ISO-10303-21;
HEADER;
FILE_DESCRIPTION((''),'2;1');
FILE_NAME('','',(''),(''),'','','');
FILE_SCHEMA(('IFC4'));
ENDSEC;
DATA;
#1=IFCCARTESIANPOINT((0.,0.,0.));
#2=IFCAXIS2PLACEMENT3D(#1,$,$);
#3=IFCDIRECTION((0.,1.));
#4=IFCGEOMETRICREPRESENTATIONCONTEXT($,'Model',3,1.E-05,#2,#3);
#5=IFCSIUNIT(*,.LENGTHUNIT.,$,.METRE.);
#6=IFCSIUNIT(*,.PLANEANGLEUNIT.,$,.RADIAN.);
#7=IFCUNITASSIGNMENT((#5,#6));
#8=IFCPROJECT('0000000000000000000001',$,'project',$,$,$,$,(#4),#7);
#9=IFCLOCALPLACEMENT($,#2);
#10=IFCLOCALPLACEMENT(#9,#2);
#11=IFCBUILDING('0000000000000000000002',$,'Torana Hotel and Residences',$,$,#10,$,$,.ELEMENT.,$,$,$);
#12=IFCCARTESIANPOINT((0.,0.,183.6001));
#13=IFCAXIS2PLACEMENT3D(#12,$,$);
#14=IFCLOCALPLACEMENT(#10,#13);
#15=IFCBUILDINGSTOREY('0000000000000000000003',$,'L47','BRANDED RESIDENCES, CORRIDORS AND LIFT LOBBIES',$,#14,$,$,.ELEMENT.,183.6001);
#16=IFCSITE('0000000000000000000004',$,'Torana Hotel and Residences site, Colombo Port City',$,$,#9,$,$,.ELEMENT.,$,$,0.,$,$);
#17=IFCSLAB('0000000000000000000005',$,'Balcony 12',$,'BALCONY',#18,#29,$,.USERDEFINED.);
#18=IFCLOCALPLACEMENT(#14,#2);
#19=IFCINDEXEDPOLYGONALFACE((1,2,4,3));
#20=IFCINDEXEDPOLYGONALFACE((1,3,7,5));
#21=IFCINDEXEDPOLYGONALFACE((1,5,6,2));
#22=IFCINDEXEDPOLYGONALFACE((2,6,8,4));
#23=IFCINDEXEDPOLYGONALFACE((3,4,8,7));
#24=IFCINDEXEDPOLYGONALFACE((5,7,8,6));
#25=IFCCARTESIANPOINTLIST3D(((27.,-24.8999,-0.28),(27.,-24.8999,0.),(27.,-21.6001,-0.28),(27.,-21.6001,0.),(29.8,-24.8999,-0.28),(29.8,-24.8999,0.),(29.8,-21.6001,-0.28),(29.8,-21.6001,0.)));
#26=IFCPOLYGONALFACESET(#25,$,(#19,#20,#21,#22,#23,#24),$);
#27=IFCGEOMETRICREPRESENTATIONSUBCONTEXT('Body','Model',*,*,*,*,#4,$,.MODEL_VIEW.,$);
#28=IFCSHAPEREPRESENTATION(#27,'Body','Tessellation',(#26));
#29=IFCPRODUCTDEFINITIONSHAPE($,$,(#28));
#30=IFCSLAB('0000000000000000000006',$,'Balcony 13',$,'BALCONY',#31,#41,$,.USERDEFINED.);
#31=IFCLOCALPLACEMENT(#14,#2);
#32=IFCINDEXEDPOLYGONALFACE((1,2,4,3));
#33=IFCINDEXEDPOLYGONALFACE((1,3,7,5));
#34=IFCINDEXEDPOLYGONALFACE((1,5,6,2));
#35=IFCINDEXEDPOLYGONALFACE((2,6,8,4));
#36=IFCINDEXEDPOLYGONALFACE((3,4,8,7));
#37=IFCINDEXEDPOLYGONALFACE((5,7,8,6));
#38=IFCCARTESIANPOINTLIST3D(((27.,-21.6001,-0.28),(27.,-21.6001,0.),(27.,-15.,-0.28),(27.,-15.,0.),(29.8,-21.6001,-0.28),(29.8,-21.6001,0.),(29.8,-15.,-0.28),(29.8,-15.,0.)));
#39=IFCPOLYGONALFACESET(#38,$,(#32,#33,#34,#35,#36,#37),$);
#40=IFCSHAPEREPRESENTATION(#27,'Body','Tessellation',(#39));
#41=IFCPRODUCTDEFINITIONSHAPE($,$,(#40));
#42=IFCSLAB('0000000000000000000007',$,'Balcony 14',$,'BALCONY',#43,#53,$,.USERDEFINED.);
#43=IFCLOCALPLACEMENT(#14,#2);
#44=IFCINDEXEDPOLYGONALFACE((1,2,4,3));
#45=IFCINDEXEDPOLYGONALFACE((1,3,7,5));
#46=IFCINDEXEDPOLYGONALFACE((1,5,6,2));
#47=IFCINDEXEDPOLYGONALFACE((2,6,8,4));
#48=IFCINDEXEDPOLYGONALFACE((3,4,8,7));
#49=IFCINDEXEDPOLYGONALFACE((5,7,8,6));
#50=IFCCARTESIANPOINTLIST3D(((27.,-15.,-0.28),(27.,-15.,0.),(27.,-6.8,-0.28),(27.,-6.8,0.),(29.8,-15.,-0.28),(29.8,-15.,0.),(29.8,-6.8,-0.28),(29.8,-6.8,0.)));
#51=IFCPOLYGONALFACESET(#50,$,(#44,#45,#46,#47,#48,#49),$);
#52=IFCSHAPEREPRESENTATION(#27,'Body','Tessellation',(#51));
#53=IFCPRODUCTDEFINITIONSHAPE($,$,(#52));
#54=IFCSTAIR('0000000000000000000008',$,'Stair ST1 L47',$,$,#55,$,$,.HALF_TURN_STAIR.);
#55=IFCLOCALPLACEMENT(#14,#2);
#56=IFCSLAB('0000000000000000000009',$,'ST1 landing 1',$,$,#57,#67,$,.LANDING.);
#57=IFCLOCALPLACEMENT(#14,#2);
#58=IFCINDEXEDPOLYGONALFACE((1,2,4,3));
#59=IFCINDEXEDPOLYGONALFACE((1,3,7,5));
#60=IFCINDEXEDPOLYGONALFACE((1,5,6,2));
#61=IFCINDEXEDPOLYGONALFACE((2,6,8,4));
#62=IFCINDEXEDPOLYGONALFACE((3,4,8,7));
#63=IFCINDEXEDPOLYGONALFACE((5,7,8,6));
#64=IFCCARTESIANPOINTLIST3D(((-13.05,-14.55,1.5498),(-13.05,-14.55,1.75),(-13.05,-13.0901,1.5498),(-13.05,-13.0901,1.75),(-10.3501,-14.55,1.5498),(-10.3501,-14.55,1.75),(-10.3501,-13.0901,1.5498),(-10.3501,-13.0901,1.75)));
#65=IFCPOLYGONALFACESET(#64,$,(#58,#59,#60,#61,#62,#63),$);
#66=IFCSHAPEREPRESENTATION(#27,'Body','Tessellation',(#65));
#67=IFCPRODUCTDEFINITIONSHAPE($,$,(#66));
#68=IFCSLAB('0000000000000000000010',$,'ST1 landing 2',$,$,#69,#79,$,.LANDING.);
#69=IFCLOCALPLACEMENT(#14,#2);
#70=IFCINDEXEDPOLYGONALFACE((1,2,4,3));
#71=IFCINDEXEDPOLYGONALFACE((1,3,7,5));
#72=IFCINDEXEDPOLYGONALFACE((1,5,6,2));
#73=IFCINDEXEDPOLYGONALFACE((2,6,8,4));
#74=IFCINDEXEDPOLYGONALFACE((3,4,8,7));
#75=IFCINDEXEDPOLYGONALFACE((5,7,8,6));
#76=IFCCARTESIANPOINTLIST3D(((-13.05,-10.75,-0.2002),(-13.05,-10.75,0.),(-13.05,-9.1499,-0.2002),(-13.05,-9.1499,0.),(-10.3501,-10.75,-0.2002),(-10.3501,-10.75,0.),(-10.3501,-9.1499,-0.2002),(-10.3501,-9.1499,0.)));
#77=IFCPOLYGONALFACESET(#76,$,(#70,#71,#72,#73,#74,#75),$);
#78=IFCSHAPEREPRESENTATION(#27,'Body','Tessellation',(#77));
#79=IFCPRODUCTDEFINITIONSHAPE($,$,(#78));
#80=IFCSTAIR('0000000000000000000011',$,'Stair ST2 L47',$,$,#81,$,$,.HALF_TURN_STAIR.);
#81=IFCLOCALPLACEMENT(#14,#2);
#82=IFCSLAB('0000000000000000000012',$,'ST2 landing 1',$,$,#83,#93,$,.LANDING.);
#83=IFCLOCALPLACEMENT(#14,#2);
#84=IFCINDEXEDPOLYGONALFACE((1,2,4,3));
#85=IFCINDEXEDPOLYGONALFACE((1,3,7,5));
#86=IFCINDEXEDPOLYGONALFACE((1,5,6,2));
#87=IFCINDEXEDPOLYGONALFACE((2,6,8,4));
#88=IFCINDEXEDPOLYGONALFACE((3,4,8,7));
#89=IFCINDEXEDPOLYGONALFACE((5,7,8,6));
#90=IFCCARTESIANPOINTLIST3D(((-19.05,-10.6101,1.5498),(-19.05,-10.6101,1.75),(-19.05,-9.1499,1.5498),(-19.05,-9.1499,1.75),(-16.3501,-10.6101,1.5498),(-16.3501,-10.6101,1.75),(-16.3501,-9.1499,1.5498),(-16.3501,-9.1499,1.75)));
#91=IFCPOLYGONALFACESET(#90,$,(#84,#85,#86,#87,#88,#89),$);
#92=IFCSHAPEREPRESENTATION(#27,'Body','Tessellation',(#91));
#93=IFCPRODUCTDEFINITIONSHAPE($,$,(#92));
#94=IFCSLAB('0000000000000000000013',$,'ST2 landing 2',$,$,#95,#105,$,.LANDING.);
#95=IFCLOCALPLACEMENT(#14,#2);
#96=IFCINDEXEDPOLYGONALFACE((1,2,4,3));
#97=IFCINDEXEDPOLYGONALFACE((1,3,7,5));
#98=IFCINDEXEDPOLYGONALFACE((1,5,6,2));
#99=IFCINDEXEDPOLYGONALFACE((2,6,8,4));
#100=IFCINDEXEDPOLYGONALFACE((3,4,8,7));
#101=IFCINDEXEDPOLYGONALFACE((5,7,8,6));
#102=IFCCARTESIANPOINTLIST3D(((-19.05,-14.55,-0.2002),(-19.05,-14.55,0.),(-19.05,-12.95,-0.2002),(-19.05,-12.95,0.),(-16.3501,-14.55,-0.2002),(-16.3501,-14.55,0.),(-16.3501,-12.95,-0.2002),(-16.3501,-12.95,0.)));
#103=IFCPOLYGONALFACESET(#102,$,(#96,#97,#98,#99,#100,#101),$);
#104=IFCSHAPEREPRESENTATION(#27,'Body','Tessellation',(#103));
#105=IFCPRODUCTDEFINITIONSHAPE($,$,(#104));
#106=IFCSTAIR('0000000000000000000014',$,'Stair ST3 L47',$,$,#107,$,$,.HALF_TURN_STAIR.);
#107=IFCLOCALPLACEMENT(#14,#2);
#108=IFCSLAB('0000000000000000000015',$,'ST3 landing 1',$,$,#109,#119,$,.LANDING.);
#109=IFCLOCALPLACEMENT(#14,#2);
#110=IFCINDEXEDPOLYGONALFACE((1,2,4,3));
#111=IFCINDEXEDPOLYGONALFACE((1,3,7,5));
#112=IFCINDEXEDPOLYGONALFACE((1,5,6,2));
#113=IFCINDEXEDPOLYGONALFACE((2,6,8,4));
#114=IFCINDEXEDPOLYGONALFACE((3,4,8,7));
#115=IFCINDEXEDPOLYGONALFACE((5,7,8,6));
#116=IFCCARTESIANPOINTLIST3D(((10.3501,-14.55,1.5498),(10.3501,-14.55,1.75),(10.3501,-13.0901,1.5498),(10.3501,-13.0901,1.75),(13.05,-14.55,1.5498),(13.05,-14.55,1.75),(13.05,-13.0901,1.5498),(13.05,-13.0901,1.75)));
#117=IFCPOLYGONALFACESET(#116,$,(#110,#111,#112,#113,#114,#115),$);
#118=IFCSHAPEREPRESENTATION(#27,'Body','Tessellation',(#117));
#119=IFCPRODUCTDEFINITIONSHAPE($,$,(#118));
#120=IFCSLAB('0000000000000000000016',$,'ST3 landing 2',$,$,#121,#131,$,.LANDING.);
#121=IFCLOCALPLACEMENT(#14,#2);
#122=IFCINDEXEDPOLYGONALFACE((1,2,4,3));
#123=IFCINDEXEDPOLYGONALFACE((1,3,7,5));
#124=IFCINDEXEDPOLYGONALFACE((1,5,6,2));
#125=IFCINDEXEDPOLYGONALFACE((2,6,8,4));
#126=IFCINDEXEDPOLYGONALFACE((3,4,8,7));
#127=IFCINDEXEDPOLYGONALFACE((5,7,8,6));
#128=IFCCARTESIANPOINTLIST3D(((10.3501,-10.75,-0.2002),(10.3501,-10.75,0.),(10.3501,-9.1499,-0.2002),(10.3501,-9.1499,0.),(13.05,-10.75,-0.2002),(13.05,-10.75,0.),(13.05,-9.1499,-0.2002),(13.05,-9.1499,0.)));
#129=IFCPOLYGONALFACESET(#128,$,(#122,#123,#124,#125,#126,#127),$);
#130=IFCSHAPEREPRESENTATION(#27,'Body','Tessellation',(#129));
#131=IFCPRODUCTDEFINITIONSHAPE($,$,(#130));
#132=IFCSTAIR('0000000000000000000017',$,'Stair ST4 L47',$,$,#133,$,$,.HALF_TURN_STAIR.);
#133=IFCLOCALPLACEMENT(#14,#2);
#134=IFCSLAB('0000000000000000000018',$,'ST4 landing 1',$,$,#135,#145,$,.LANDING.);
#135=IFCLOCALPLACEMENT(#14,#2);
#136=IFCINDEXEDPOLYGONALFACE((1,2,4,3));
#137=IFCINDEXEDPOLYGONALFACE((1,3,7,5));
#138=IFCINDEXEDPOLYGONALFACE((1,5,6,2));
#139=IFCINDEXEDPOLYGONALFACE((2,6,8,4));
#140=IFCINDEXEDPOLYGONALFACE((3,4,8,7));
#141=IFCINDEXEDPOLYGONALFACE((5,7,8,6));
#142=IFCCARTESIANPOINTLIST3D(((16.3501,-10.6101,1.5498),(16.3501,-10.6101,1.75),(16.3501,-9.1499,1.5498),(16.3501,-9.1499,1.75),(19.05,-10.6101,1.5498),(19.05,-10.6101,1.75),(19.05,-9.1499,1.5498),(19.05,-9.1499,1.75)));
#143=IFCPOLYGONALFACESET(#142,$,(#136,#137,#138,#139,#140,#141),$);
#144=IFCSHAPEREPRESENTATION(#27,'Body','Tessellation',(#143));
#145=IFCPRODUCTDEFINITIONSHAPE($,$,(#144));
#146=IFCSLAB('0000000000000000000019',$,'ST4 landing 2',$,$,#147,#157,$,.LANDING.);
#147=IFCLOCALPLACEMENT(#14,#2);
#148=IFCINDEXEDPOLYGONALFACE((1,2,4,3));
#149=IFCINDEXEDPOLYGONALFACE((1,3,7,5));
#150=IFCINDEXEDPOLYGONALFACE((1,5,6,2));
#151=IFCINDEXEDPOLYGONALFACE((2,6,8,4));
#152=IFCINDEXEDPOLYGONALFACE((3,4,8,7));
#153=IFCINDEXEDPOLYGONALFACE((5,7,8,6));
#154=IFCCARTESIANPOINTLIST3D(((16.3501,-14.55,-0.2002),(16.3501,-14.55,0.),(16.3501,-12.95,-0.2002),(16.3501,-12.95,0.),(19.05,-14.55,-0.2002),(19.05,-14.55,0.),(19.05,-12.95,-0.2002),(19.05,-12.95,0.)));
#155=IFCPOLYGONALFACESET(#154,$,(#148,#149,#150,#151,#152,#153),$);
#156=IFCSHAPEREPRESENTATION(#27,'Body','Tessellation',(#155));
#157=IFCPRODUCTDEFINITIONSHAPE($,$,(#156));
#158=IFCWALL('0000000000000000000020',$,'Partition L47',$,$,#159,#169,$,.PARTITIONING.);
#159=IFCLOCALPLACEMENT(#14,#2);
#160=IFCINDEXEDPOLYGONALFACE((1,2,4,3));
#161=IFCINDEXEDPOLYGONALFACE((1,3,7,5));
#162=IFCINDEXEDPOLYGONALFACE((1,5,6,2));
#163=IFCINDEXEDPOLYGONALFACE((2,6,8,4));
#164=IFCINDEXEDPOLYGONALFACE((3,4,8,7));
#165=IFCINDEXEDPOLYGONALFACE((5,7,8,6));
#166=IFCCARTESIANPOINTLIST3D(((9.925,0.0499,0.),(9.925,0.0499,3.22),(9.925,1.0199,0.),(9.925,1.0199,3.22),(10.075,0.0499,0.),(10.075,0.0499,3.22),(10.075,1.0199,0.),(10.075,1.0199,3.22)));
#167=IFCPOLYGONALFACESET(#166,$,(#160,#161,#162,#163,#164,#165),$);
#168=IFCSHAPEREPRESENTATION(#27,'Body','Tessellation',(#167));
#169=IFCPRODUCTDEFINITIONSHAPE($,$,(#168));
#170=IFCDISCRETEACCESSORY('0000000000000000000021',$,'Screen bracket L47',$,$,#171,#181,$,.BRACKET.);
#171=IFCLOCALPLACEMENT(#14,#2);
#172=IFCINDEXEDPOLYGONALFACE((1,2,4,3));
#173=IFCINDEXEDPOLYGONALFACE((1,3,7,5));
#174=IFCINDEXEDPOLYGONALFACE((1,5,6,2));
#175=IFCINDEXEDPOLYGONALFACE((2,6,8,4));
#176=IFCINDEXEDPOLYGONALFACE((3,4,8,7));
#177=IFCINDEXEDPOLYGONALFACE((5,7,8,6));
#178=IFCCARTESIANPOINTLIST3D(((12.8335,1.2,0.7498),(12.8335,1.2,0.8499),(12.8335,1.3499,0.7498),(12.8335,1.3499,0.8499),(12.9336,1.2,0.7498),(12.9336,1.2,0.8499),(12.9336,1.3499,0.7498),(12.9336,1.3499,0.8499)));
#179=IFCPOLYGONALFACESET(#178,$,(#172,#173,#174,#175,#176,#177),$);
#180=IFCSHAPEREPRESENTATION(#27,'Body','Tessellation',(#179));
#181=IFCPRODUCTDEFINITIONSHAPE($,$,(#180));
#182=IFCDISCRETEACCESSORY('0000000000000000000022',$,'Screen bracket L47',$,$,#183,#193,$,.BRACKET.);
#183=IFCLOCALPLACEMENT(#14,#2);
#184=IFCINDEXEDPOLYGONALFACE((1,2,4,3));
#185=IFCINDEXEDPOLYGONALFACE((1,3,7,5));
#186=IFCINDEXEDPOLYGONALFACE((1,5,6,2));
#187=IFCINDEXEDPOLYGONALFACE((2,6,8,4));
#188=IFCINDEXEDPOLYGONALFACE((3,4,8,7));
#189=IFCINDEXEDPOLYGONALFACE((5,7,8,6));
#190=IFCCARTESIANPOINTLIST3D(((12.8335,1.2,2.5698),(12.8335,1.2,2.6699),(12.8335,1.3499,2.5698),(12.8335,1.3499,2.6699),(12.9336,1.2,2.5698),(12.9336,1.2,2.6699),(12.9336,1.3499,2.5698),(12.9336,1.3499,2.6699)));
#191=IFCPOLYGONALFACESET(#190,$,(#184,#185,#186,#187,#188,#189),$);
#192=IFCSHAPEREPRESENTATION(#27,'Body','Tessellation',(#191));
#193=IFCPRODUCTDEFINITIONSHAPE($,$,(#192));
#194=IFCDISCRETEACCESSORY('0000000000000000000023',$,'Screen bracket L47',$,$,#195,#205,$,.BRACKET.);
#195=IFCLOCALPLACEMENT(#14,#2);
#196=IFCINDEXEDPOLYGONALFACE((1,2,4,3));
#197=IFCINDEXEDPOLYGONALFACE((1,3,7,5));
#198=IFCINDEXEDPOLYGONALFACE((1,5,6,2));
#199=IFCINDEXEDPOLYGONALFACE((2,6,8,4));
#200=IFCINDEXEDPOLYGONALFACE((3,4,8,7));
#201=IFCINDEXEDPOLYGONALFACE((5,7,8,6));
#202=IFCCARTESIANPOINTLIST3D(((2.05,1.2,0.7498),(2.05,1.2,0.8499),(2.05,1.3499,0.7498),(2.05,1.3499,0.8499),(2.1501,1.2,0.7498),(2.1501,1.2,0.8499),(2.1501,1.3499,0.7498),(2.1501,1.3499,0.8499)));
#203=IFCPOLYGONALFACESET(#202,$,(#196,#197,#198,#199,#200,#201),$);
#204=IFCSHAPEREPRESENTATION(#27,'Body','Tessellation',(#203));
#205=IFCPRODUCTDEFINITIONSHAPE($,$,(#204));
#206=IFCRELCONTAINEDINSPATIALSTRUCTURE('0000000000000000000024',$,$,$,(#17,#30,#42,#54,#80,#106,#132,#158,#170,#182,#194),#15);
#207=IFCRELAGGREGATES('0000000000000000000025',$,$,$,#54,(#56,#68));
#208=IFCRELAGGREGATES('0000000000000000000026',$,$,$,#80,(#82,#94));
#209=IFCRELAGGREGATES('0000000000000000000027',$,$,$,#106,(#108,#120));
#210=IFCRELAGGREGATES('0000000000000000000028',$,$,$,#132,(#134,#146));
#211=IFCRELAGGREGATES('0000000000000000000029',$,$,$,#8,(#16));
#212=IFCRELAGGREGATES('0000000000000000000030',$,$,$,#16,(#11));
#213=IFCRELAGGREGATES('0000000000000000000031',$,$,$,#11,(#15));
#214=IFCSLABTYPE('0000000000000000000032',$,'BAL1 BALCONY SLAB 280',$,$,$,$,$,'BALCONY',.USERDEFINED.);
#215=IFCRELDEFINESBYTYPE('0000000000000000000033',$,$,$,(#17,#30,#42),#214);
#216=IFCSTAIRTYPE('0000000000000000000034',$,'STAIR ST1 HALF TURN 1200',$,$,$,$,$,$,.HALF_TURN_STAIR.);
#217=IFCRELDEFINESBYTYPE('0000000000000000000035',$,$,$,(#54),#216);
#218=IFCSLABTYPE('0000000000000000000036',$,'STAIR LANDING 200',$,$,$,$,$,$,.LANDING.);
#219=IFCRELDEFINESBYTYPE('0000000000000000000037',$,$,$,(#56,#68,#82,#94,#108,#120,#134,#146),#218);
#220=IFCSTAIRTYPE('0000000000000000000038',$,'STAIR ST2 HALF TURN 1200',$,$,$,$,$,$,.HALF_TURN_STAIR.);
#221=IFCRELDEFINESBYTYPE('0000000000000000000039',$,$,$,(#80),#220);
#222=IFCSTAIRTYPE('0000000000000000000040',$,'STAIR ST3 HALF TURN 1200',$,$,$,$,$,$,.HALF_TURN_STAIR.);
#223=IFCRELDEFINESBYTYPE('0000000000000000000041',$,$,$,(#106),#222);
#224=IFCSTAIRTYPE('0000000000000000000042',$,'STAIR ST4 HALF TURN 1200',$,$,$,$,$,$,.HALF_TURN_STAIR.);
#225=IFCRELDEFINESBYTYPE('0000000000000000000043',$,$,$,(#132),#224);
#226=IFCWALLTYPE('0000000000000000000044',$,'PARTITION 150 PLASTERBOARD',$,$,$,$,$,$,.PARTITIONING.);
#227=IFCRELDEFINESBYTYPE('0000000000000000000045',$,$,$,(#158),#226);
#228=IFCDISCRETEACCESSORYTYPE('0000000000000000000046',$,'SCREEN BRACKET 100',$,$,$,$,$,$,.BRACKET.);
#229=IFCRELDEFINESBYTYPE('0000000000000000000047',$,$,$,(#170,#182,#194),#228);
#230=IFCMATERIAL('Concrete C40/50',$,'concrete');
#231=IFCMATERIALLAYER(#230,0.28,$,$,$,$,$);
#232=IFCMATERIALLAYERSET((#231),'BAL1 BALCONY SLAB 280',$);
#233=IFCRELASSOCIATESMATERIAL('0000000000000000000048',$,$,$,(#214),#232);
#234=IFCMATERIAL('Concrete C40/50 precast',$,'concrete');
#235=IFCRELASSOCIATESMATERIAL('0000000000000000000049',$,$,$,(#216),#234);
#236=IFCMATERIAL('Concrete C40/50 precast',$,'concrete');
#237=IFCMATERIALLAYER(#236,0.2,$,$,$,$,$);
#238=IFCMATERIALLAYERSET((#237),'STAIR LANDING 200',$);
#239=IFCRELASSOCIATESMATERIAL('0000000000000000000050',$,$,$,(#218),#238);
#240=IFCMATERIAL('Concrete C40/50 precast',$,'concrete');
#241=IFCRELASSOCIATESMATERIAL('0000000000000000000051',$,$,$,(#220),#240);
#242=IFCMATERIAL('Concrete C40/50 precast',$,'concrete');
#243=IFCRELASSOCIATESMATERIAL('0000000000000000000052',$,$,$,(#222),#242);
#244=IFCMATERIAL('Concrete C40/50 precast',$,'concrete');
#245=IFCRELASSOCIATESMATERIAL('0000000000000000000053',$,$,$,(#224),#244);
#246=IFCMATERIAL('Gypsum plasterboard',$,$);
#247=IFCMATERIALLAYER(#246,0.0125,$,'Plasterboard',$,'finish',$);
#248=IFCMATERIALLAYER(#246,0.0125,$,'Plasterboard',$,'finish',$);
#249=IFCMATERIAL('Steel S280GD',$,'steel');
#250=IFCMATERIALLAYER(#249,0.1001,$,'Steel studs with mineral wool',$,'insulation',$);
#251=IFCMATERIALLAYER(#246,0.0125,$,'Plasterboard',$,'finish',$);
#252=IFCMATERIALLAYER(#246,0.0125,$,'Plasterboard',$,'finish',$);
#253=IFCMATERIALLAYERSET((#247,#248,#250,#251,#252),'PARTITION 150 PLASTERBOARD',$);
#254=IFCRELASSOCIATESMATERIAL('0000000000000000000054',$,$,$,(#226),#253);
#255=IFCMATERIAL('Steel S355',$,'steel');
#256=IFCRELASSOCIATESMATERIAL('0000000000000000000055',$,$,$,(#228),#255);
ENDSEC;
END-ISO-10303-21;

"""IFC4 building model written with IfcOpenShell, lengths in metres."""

from ifc_helpers import new_model, si_unit, direction, frame, frame_2d, origin, origin_2d, place, context, subcontext, project, spatial, polyline, rectangle, outline, extrude, material, layer, layer_set, type_object, element, aggregate, save


model = new_model("IFC4")

# Units and contexts
model_context = context("Model", 3, precision=1e-05, world=origin(), true_north=direction((0.0, 1.0)))
body_context = subcontext(model_context, "Body", "Model", "MODEL_VIEW")
ifc_project = project(units=[si_unit("LENGTHUNIT", "METRE"), si_unit("PLANEANGLEUNIT", "RADIAN")], contexts=[model_context])

# Site, building, storey
site_placement = place(None, origin())
site = spatial("IfcSite", under=ifc_project, at=site_placement, Name="Torana Hotel and Residences site, Colombo Port City", CompositionType="ELEMENT", RefElevation=0.0)
building_placement = place(site_placement, origin())
building = spatial("IfcBuilding", under=site, at=building_placement, Name="Torana Hotel and Residences", CompositionType="ELEMENT")
storey_placement = place(building_placement, frame((0.0, 0.0, 183.6001)))
storey = spatial("IfcBuildingStorey", under=building, at=storey_placement, Name="L47", Description="BRANDED RESIDENCES, CORRIDORS AND LIFT LOBBIES", CompositionType="ELEMENT", Elevation=183.6001)

# Slabs
ifc_material_1 = material(Name="Concrete C40/50", Category="concrete")
ifc_layer_1 = layer(ifc_material_1, 0.28)
ifc_layer_set_1 = layer_set([ifc_layer_1], Name="BAL1 BALCONY SLAB 280")
slab_type_1 = type_object("IfcSlabType", Name="BAL1 BALCONY SLAB 280", ElementType="BALCONY", PredefinedType="USERDEFINED", material=ifc_layer_set_1)
slab_1_placement = place(storey_placement, frame((0.0, 0.0, -0.28)))
element("IfcSlab", 1, at=slab_1_placement, inside=storey, type_object=slab_type_1, Name="Balcony 12", ObjectType="BALCONY", PredefinedType="USERDEFINED", context=body_context, shape_type="SweptSolid", body=[
    extrude(outline(polyline([(27.0, -24.8999), (29.8, -24.8999), (29.8, -21.6001), (27.0, -21.6001), (27.0, -24.8999)])), origin(), (0.0, 0.0, 1.0), 0.28),
])
slab_2_placement = place(storey_placement, frame((0.0, 0.0, -0.28)))
element("IfcSlab", 2, at=slab_2_placement, inside=storey, type_object=slab_type_1, Name="Balcony 13", ObjectType="BALCONY", PredefinedType="USERDEFINED", context=body_context, shape_type="SweptSolid", body=[
    extrude(outline(polyline([(27.0, -21.6001), (29.8, -21.6001), (29.8, -15.0), (27.0, -15.0), (27.0, -21.6001)])), origin(), (0.0, 0.0, 1.0), 0.28),
])
slab_3_placement = place(storey_placement, frame((0.0, 0.0, -0.28)))
element("IfcSlab", 3, at=slab_3_placement, inside=storey, type_object=slab_type_1, Name="Balcony 14", ObjectType="BALCONY", PredefinedType="USERDEFINED", context=body_context, shape_type="SweptSolid", body=[
    extrude(outline(polyline([(27.0, -15.0), (29.8, -15.0), (29.8, -6.8), (27.0, -6.8), (27.0, -15.0)])), origin(), (0.0, 0.0, 1.0), 0.28),
])

# Stairs, slabs
ifc_material_2 = material(Name="Concrete C40/50 precast", Category="concrete")
stair_type_1 = type_object("IfcStairType", Name="STAIR ST1 HALF TURN 1200", PredefinedType="HALF_TURN_STAIR", material=ifc_material_2)
stair_1_placement = place(storey_placement, origin())
stair_1 = element("IfcStair", 4, at=stair_1_placement, inside=storey, type_object=stair_type_1, Name="Stair ST1 L47", PredefinedType="HALF_TURN_STAIR")
ifc_material_3 = material(Name="Concrete C40/50 precast", Category="concrete")
ifc_layer_2 = layer(ifc_material_3, 0.2)
ifc_layer_set_2 = layer_set([ifc_layer_2], Name="STAIR LANDING 200")
slab_type_2 = type_object("IfcSlabType", Name="STAIR LANDING 200", PredefinedType="LANDING", material=ifc_layer_set_2)
slab_4_placement = place(storey_placement, frame((0.0, 0.0, 1.5498)))
slab_4 = element("IfcSlab", 5, at=slab_4_placement, type_object=slab_type_2, Name="ST1 landing 1", PredefinedType="LANDING", context=body_context, shape_type="SweptSolid", body=[
    extrude(outline(polyline([(-13.05, -14.55), (-10.3501, -14.55), (-10.3501, -13.0901), (-13.05, -13.0901), (-13.05, -14.55)])), origin(), (0.0, 0.0, 1.0), 0.2002),
])
slab_5_placement = place(storey_placement, frame((0.0, 0.0, -0.2002)))
slab_5 = element("IfcSlab", 6, at=slab_5_placement, type_object=slab_type_2, Name="ST1 landing 2", PredefinedType="LANDING", context=body_context, shape_type="SweptSolid", body=[
    extrude(outline(polyline([(-13.05, -10.75), (-10.3501, -10.75), (-10.3501, -9.1499), (-13.05, -9.1499), (-13.05, -10.75)])), origin(), (0.0, 0.0, 1.0), 0.2002),
])
aggregate(stair_1, [slab_4, slab_5])
ifc_material_4 = material(Name="Concrete C40/50 precast", Category="concrete")
stair_type_2 = type_object("IfcStairType", Name="STAIR ST2 HALF TURN 1200", PredefinedType="HALF_TURN_STAIR", material=ifc_material_4)
stair_2_placement = place(storey_placement, origin())
stair_2 = element("IfcStair", 7, at=stair_2_placement, inside=storey, type_object=stair_type_2, Name="Stair ST2 L47", PredefinedType="HALF_TURN_STAIR")
slab_6_placement = place(storey_placement, frame((0.0, 0.0, 1.5498)))
slab_6 = element("IfcSlab", 8, at=slab_6_placement, type_object=slab_type_2, Name="ST2 landing 1", PredefinedType="LANDING", context=body_context, shape_type="SweptSolid", body=[
    extrude(outline(polyline([(-19.05, -10.6101), (-16.3501, -10.6101), (-16.3501, -9.1499), (-19.05, -9.1499), (-19.05, -10.6101)])), origin(), (0.0, 0.0, 1.0), 0.2002),
])
slab_7_placement = place(storey_placement, frame((0.0, 0.0, -0.2002)))
slab_7 = element("IfcSlab", 9, at=slab_7_placement, type_object=slab_type_2, Name="ST2 landing 2", PredefinedType="LANDING", context=body_context, shape_type="SweptSolid", body=[
    extrude(outline(polyline([(-19.05, -14.55), (-16.3501, -14.55), (-16.3501, -12.95), (-19.05, -12.95), (-19.05, -14.55)])), origin(), (0.0, 0.0, 1.0), 0.2002),
])
aggregate(stair_2, [slab_6, slab_7])
ifc_material_5 = material(Name="Concrete C40/50 precast", Category="concrete")
stair_type_3 = type_object("IfcStairType", Name="STAIR ST3 HALF TURN 1200", PredefinedType="HALF_TURN_STAIR", material=ifc_material_5)
stair_3_placement = place(storey_placement, origin())
stair_3 = element("IfcStair", 10, at=stair_3_placement, inside=storey, type_object=stair_type_3, Name="Stair ST3 L47", PredefinedType="HALF_TURN_STAIR")
slab_8_placement = place(storey_placement, frame((0.0, 0.0, 1.5498)))
slab_8 = element("IfcSlab", 11, at=slab_8_placement, type_object=slab_type_2, Name="ST3 landing 1", PredefinedType="LANDING", context=body_context, shape_type="SweptSolid", body=[
    extrude(outline(polyline([(10.3501, -14.55), (13.05, -14.55), (13.05, -13.0901), (10.3501, -13.0901), (10.3501, -14.55)])), origin(), (0.0, 0.0, 1.0), 0.2002),
])
slab_9_placement = place(storey_placement, frame((0.0, 0.0, -0.2002)))
slab_9 = element("IfcSlab", 12, at=slab_9_placement, type_object=slab_type_2, Name="ST3 landing 2", PredefinedType="LANDING", context=body_context, shape_type="SweptSolid", body=[
    extrude(outline(polyline([(10.3501, -10.75), (13.05, -10.75), (13.05, -9.1499), (10.3501, -9.1499), (10.3501, -10.75)])), origin(), (0.0, 0.0, 1.0), 0.2002),
])
aggregate(stair_3, [slab_8, slab_9])
ifc_material_6 = material(Name="Concrete C40/50 precast", Category="concrete")
stair_type_4 = type_object("IfcStairType", Name="STAIR ST4 HALF TURN 1200", PredefinedType="HALF_TURN_STAIR", material=ifc_material_6)
stair_4_placement = place(storey_placement, origin())
stair_4 = element("IfcStair", 13, at=stair_4_placement, inside=storey, type_object=stair_type_4, Name="Stair ST4 L47", PredefinedType="HALF_TURN_STAIR")
slab_10_placement = place(storey_placement, frame((0.0, 0.0, 1.5498)))
slab_10 = element("IfcSlab", 14, at=slab_10_placement, type_object=slab_type_2, Name="ST4 landing 1", PredefinedType="LANDING", context=body_context, shape_type="SweptSolid", body=[
    extrude(outline(polyline([(16.3501, -10.6101), (19.05, -10.6101), (19.05, -9.1499), (16.3501, -9.1499), (16.3501, -10.6101)])), origin(), (0.0, 0.0, 1.0), 0.2002),
])
slab_11_placement = place(storey_placement, frame((0.0, 0.0, -0.2002)))
slab_11 = element("IfcSlab", 15, at=slab_11_placement, type_object=slab_type_2, Name="ST4 landing 2", PredefinedType="LANDING", context=body_context, shape_type="SweptSolid", body=[
    extrude(outline(polyline([(16.3501, -14.55), (19.05, -14.55), (19.05, -12.95), (16.3501, -12.95), (16.3501, -14.55)])), origin(), (0.0, 0.0, 1.0), 0.2002),
])
aggregate(stair_4, [slab_10, slab_11])

# Wall
ifc_material_7 = material(Name="Gypsum plasterboard")
ifc_layer_3 = layer(ifc_material_7, 0.0125, Name="Plasterboard", Category="finish")
ifc_layer_4 = layer(ifc_material_7, 0.0125, Name="Plasterboard", Category="finish")
ifc_material_8 = material(Name="Steel S280GD", Category="steel")
ifc_layer_5 = layer(ifc_material_8, 0.1001, Name="Steel studs with mineral wool", Category="insulation")
ifc_layer_6 = layer(ifc_material_7, 0.0125, Name="Plasterboard", Category="finish")
ifc_layer_7 = layer(ifc_material_7, 0.0125, Name="Plasterboard", Category="finish")
ifc_layer_set_3 = layer_set([ifc_layer_3, ifc_layer_4, ifc_layer_5, ifc_layer_6, ifc_layer_7], Name="PARTITION 150 PLASTERBOARD")
wall_type = type_object("IfcWallType", Name="PARTITION 150 PLASTERBOARD", PredefinedType="PARTITIONING", material=ifc_layer_set_3)
wall_placement = place(storey_placement, frame((10.0, 0.05, 0.0), z_axis=(0.0, 0.0, 1.0), x_axis=(0.0, 1.0, 0.0)))
element("IfcWall", 16, at=wall_placement, inside=storey, type_object=wall_type, Name="Partition L47", PredefinedType="PARTITIONING", context=body_context, shape_type="SweptSolid", body=[
    extrude(rectangle(XDim=0.97, YDim=0.1499, at=frame_2d((0.4849, 0.0))), origin(), (0.0, 0.0, 1.0), 3.22),
])

# Discrete accessories
ifc_material_9 = material(Name="Steel S355", Category="steel")
discrete_accessory_type = type_object("IfcDiscreteAccessoryType", Name="SCREEN BRACKET 100", PredefinedType="BRACKET", material=ifc_material_9)
for number, where, z_axis, x_axis, name in (
    (17, (12.8835, 1.2749, 0.7498), (0.0, 0.0, 1.0), (-1.0, 0.0, 0.0), "Screen bracket L47"),
    (18, (12.8835, 1.2749, 2.5698), (0.0, 0.0, 1.0), (-1.0, 0.0, 0.0), "Screen bracket L47"),
    (19, (2.1001, 1.2749, 0.7498), (0.0, 0.0, 1.0), (-1.0, 0.0, 0.0), "Screen bracket L47"),
):
    element("IfcDiscreteAccessory", number, at=place(storey_placement, frame(where, z_axis=z_axis, x_axis=x_axis)), inside=storey, type_object=discrete_accessory_type, Name=name, PredefinedType="BRACKET", context=body_context, shape_type="SweptSolid", body=[
        extrude(rectangle(XDim=0.1001, YDim=0.1499, at=origin_2d()), origin(), (0.0, 0.0, 1.0), 0.1001),
    ])

save(model, "model.ifc")
